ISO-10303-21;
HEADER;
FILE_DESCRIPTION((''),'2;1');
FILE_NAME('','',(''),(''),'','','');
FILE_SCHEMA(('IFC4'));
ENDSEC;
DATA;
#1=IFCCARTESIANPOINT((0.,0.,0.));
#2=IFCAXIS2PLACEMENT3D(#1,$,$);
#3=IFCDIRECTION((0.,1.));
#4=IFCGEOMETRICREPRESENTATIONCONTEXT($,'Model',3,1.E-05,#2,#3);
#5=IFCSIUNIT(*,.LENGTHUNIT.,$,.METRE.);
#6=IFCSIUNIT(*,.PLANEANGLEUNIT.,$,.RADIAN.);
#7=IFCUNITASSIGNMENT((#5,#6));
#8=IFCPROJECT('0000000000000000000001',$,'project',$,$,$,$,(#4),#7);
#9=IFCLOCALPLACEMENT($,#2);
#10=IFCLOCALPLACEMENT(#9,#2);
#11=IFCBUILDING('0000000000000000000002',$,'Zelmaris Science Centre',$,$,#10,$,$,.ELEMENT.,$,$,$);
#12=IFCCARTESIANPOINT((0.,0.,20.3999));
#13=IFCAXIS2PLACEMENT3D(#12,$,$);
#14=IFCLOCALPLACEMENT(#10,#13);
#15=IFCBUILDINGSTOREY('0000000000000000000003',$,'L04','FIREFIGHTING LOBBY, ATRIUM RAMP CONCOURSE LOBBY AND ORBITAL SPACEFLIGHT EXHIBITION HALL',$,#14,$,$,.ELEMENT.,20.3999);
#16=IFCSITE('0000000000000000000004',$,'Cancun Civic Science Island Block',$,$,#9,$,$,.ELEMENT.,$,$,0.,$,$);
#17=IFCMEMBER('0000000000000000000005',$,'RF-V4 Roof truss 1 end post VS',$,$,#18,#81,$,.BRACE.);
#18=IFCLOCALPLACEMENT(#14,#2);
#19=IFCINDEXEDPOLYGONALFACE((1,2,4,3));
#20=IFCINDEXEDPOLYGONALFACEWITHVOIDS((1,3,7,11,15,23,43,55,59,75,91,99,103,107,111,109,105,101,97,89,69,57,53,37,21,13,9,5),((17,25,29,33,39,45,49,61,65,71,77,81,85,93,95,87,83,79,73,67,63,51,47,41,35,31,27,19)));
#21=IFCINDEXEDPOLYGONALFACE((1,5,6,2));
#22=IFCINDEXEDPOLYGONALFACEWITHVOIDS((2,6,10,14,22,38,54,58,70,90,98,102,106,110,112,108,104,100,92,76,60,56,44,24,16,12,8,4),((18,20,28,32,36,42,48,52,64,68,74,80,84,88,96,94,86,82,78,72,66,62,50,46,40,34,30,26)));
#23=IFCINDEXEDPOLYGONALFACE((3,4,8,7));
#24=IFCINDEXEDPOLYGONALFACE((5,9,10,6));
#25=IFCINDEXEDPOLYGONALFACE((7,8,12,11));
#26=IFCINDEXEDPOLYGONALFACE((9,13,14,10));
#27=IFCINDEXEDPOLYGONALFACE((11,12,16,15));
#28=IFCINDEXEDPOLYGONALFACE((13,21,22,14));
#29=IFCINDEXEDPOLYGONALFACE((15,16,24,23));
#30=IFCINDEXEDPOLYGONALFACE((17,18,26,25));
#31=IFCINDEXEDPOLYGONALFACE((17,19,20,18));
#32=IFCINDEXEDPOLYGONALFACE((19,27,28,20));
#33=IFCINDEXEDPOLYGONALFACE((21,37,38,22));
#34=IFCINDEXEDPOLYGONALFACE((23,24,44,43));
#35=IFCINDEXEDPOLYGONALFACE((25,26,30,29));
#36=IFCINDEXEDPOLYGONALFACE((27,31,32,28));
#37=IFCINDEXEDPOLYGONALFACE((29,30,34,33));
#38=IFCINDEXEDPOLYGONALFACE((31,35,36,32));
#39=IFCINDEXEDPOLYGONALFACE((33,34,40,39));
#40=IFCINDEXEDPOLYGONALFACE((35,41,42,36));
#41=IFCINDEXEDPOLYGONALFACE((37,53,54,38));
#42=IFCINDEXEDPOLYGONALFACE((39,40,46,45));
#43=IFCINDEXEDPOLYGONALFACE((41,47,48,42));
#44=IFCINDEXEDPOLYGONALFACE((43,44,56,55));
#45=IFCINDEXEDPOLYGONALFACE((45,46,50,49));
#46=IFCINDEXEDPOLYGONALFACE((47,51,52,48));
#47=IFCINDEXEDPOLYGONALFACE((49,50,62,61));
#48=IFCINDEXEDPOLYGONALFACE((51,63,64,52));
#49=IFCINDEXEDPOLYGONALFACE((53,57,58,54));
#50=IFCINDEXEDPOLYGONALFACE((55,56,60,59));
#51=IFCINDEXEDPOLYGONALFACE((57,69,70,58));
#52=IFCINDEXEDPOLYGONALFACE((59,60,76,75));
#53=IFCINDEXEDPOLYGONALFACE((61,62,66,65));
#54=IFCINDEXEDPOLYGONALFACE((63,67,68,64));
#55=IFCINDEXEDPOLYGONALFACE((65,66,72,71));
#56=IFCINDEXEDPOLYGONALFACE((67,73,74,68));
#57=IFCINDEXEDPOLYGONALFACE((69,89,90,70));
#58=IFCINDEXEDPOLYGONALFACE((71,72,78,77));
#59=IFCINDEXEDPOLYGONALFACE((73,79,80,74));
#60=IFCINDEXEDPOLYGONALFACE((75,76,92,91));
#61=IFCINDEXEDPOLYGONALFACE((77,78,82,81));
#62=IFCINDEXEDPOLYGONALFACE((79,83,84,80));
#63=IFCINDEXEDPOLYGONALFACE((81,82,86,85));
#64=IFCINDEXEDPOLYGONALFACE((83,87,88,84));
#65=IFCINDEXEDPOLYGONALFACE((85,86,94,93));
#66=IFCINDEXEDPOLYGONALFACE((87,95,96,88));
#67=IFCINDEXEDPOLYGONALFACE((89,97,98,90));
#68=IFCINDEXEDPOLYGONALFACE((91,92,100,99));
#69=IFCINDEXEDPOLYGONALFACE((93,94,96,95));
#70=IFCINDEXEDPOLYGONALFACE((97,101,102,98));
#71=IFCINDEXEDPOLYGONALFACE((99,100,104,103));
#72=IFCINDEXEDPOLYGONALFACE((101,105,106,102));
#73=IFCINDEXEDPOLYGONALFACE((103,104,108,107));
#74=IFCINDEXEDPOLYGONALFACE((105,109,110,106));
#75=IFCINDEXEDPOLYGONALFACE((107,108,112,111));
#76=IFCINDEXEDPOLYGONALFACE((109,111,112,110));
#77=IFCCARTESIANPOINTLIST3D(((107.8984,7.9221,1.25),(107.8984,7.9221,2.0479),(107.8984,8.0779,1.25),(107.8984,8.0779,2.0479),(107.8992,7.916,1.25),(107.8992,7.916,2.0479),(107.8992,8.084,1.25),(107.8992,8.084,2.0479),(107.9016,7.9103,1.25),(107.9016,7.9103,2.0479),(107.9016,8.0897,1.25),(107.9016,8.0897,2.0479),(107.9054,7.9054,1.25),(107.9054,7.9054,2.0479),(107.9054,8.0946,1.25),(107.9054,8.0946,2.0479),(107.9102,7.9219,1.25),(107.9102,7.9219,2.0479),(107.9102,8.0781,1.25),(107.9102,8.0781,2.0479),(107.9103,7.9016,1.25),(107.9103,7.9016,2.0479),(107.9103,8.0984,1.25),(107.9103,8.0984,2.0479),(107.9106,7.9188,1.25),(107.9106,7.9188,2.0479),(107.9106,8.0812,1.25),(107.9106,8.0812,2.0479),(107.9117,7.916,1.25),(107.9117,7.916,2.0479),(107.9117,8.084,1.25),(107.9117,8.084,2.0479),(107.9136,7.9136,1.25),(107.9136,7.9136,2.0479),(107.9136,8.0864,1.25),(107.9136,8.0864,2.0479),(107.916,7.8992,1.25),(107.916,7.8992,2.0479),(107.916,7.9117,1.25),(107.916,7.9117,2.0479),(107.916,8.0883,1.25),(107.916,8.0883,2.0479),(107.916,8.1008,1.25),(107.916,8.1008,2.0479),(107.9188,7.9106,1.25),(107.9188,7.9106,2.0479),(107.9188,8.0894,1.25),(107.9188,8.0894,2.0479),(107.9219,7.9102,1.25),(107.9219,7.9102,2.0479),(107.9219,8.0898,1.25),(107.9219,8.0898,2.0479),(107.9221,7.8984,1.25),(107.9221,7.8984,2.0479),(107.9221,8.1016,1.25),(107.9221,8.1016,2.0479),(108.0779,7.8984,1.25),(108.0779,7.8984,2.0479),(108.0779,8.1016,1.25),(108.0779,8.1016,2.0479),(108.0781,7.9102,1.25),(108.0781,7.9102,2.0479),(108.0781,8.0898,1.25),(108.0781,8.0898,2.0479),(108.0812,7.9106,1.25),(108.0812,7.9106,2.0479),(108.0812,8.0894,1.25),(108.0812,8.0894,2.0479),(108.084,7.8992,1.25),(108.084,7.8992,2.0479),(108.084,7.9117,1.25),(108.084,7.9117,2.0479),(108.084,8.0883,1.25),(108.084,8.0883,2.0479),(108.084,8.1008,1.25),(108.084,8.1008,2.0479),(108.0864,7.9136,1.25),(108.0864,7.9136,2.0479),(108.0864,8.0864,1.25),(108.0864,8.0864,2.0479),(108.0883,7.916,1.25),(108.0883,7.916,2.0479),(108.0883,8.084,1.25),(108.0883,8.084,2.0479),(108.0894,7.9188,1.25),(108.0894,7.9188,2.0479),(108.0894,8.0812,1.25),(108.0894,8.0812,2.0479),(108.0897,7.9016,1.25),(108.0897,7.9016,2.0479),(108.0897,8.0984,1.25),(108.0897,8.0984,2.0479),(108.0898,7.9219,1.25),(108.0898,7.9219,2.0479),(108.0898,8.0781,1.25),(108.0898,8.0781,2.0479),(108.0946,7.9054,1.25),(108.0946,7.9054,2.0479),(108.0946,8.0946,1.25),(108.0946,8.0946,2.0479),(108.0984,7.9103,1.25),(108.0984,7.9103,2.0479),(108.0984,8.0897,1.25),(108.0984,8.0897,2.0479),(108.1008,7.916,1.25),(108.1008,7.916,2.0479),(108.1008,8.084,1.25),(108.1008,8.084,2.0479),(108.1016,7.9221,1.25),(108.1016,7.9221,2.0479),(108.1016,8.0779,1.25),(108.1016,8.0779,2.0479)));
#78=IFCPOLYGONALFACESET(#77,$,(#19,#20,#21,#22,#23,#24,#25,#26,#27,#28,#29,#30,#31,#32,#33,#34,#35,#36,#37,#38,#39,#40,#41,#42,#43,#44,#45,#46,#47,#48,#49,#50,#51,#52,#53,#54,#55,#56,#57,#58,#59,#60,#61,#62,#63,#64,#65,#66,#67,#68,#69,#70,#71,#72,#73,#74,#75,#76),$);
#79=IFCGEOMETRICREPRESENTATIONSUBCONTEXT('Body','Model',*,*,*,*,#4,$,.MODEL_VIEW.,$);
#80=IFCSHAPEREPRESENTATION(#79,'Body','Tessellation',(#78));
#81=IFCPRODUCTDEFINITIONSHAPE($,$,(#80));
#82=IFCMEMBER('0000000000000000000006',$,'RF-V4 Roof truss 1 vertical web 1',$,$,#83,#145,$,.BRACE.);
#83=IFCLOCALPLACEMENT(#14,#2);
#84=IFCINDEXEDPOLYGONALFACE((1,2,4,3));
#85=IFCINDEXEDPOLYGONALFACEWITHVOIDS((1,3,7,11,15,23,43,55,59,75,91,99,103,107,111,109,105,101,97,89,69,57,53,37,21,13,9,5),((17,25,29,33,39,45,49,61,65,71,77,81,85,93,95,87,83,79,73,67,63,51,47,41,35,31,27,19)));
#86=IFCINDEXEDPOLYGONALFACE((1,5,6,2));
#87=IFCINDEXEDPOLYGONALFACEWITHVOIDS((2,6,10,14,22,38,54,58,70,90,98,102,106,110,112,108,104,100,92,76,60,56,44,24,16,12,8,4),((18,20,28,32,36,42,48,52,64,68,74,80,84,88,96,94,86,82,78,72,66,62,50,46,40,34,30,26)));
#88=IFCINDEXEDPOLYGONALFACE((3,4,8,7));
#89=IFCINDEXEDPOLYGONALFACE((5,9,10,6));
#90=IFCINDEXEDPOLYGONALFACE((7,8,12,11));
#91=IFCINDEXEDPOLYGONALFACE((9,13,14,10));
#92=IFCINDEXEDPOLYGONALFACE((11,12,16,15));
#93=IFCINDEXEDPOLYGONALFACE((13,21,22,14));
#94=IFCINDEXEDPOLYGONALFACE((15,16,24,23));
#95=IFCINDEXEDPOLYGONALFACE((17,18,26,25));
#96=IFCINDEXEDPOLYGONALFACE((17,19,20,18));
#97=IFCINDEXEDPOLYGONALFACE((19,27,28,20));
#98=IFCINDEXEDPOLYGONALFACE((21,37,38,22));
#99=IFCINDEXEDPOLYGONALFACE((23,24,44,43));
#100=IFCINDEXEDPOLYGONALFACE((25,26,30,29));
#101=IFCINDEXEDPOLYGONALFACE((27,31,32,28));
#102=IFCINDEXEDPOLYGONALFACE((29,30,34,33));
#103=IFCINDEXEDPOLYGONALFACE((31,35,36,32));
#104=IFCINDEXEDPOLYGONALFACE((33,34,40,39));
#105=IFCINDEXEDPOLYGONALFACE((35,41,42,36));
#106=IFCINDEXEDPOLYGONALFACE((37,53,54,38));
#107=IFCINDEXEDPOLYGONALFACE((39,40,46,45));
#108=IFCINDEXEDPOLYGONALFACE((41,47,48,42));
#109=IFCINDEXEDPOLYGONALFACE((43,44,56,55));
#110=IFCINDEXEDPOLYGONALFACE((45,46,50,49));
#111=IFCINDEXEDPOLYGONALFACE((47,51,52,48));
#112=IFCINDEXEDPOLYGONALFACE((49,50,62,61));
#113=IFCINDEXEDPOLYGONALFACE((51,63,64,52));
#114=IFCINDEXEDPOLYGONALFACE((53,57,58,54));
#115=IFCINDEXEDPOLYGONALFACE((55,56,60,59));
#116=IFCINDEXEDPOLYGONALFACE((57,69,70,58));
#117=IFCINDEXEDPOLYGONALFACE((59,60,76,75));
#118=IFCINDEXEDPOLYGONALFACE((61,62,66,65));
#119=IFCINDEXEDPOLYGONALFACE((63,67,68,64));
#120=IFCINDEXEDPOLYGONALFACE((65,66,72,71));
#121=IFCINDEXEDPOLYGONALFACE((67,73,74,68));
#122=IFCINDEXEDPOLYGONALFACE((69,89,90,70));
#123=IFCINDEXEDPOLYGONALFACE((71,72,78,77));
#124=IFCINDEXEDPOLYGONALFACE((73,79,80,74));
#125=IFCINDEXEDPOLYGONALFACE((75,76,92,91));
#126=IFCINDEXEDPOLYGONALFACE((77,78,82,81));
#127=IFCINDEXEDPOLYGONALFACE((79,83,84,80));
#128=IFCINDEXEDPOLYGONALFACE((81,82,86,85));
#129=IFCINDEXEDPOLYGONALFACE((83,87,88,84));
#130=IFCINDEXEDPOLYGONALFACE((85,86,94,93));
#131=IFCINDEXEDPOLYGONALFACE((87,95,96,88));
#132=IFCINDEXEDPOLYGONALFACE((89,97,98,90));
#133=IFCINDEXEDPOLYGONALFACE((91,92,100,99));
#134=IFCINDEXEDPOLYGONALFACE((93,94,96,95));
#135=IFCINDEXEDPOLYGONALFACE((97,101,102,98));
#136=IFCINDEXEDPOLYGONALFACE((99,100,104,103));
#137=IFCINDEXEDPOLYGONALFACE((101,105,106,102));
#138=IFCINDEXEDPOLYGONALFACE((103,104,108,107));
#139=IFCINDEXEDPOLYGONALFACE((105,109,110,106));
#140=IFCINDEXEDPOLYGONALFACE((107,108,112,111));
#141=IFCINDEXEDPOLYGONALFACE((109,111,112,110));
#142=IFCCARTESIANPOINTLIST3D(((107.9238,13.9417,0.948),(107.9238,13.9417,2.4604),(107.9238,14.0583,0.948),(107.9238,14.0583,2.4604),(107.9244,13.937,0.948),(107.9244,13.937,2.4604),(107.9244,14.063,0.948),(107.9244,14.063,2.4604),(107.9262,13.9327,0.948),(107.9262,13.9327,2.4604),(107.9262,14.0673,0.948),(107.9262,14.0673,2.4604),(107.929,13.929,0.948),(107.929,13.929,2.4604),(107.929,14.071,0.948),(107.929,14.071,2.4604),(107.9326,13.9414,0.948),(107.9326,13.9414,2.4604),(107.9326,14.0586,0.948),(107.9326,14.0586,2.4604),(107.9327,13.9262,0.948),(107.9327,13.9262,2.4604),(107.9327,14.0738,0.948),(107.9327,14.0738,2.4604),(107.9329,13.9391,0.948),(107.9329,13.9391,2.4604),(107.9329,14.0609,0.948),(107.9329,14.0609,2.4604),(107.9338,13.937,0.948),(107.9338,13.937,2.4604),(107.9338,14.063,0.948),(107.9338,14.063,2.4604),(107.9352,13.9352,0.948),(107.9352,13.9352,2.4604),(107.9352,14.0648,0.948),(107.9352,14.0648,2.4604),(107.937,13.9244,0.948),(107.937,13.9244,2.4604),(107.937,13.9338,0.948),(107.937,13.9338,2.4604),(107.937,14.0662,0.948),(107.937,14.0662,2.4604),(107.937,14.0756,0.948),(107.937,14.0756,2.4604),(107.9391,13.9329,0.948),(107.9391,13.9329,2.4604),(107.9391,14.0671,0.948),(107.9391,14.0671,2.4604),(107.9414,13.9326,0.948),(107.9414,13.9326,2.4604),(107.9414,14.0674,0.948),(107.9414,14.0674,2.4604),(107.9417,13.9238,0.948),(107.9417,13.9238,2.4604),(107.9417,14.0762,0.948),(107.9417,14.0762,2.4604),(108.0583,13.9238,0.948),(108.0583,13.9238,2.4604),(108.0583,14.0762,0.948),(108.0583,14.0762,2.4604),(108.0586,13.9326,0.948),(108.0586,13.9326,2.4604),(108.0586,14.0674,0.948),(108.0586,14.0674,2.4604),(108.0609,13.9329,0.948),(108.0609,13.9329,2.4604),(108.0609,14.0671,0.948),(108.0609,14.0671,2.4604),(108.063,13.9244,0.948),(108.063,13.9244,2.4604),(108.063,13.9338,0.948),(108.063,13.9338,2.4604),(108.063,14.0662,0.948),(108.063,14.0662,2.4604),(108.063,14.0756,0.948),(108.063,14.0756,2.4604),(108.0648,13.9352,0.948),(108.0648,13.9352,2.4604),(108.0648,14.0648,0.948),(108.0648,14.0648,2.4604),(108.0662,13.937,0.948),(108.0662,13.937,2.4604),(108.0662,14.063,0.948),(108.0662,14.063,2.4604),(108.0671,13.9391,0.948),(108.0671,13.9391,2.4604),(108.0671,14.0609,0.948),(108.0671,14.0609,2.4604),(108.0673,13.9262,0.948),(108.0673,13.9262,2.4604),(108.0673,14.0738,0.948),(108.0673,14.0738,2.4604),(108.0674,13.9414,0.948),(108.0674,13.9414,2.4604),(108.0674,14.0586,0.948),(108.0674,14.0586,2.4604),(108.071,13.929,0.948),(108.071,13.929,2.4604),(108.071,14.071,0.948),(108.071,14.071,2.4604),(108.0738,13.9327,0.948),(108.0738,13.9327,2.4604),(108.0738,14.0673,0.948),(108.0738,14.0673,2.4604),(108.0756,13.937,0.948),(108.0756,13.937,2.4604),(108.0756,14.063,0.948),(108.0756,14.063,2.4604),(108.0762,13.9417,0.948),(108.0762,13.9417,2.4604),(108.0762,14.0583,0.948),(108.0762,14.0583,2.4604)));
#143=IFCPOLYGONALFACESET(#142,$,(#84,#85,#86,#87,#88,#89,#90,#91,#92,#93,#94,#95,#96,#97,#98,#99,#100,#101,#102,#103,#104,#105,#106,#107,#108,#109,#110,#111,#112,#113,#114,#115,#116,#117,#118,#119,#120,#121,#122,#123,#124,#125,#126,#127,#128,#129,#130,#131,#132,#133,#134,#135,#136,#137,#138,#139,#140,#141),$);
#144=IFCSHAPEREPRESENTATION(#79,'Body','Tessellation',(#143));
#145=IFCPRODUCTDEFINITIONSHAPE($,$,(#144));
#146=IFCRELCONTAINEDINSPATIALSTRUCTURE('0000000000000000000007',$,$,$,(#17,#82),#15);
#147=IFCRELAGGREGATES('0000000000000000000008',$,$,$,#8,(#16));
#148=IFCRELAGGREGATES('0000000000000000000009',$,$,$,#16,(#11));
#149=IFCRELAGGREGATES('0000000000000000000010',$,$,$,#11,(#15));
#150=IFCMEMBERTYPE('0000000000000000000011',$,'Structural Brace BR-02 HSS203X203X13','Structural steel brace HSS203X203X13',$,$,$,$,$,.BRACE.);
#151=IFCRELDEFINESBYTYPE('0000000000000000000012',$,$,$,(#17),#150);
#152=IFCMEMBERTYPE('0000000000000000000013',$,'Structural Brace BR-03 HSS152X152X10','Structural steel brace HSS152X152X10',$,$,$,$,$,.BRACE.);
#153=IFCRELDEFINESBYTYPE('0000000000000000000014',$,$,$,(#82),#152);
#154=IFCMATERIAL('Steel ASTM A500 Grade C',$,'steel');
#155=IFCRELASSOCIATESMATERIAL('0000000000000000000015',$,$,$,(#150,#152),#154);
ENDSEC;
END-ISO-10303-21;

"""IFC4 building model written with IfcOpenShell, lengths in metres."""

from ifc_helpers import new_model, si_unit, direction, frame, origin, origin_2d, place, context, subcontext, project, spatial, hollow_rectangle, extrude, material, material_profile, profile_set, type_object, element, save


model = new_model("IFC4")

# Units and contexts
model_context = context("Model", 3, precision=1e-05, world=origin(), true_north=direction((0.0, 1.0)))
body_context = subcontext(model_context, "Body", "Model", "MODEL_VIEW")
ifc_project = project(units=[si_unit("LENGTHUNIT", "METRE"), si_unit("PLANEANGLEUNIT", "RADIAN")], contexts=[model_context])

# Site, building, storey
site_placement = place(None, origin())
site = spatial("IfcSite", under=ifc_project, at=site_placement, Name="Cancun Civic Science Island Block", CompositionType="ELEMENT", RefElevation=0.0)
building_placement = place(site_placement, origin())
building = spatial("IfcBuilding", under=site, at=building_placement, Name="Zelmaris Science Centre", CompositionType="ELEMENT")
storey_placement = place(building_placement, frame((0.0, 0.0, 20.3999)))
storey = spatial("IfcBuildingStorey", under=building, at=storey_placement, Name="L04", Description="FIREFIGHTING LOBBY, ATRIUM RAMP CONCOURSE LOBBY AND ORBITAL SPACEFLIGHT EXHIBITION HALL", CompositionType="ELEMENT", Elevation=20.3999)

# Shared definitions
ifc_material_1 = material(Name="Steel ASTM A500 Grade C", Category="steel")

# Members
ifc_material_profile_1 = material_profile(ifc_material_1, hollow_rectangle(XDim=0.2031, YDim=0.2031, WallThickness=0.0117, InnerFilletRadius=0.0117, OuterFilletRadius=0.0237, at=origin_2d()), Name="HSS203X203X13")
ifc_profile_set_1 = profile_set([ifc_material_profile_1], Name="Steel ASTM A500 Grade C")
member_type_1 = type_object("IfcMemberType", Name="Structural Brace BR-02 HSS203X203X13", Description="Structural steel brace HSS203X203X13", PredefinedType="BRACE", material=ifc_profile_set_1)
member_1_placement = place(storey_placement, frame((108.0, 8.0, 1.25), z_axis=(0.0, 0.0, 1.0), x_axis=(1.0, 0.0, 0.0)))
element("IfcMember", 1, at=member_1_placement, inside=storey, type_object=member_type_1, Name="RF-V4 Roof truss 1 end post VS", PredefinedType="BRACE", context=body_context, shape_type="SweptSolid", body=[
    extrude(hollow_rectangle(XDim=0.2031, YDim=0.2031, WallThickness=0.0117, InnerFilletRadius=0.0117, OuterFilletRadius=0.0237, at=origin_2d()), origin(), (0.0, 0.0, 1.0), 0.7979),
])
ifc_material_profile_2 = material_profile(ifc_material_1, hollow_rectangle(XDim=0.1523, YDim=0.1523, WallThickness=0.0088, InnerFilletRadius=0.0088, OuterFilletRadius=0.0178, at=origin_2d()), Name="HSS152X152X10")
ifc_profile_set_2 = profile_set([ifc_material_profile_2], Name="Steel ASTM A500 Grade C")
member_type_2 = type_object("IfcMemberType", Name="Structural Brace BR-03 HSS152X152X10", Description="Structural steel brace HSS152X152X10", PredefinedType="BRACE", material=ifc_profile_set_2)
member_2_placement = place(storey_placement, frame((108.0, 14.0, 0.948), z_axis=(0.0, 0.0, 1.0), x_axis=(1.0, 0.0, 0.0)))
element("IfcMember", 2, at=member_2_placement, inside=storey, type_object=member_type_2, Name="RF-V4 Roof truss 1 vertical web 1", PredefinedType="BRACE", context=body_context, shape_type="SweptSolid", body=[
    extrude(hollow_rectangle(XDim=0.1523, YDim=0.1523, WallThickness=0.0088, InnerFilletRadius=0.0088, OuterFilletRadius=0.0178, at=origin_2d()), origin(), (0.0, 0.0, 1.0), 1.5125),
])

save(model, "model.ifc")
